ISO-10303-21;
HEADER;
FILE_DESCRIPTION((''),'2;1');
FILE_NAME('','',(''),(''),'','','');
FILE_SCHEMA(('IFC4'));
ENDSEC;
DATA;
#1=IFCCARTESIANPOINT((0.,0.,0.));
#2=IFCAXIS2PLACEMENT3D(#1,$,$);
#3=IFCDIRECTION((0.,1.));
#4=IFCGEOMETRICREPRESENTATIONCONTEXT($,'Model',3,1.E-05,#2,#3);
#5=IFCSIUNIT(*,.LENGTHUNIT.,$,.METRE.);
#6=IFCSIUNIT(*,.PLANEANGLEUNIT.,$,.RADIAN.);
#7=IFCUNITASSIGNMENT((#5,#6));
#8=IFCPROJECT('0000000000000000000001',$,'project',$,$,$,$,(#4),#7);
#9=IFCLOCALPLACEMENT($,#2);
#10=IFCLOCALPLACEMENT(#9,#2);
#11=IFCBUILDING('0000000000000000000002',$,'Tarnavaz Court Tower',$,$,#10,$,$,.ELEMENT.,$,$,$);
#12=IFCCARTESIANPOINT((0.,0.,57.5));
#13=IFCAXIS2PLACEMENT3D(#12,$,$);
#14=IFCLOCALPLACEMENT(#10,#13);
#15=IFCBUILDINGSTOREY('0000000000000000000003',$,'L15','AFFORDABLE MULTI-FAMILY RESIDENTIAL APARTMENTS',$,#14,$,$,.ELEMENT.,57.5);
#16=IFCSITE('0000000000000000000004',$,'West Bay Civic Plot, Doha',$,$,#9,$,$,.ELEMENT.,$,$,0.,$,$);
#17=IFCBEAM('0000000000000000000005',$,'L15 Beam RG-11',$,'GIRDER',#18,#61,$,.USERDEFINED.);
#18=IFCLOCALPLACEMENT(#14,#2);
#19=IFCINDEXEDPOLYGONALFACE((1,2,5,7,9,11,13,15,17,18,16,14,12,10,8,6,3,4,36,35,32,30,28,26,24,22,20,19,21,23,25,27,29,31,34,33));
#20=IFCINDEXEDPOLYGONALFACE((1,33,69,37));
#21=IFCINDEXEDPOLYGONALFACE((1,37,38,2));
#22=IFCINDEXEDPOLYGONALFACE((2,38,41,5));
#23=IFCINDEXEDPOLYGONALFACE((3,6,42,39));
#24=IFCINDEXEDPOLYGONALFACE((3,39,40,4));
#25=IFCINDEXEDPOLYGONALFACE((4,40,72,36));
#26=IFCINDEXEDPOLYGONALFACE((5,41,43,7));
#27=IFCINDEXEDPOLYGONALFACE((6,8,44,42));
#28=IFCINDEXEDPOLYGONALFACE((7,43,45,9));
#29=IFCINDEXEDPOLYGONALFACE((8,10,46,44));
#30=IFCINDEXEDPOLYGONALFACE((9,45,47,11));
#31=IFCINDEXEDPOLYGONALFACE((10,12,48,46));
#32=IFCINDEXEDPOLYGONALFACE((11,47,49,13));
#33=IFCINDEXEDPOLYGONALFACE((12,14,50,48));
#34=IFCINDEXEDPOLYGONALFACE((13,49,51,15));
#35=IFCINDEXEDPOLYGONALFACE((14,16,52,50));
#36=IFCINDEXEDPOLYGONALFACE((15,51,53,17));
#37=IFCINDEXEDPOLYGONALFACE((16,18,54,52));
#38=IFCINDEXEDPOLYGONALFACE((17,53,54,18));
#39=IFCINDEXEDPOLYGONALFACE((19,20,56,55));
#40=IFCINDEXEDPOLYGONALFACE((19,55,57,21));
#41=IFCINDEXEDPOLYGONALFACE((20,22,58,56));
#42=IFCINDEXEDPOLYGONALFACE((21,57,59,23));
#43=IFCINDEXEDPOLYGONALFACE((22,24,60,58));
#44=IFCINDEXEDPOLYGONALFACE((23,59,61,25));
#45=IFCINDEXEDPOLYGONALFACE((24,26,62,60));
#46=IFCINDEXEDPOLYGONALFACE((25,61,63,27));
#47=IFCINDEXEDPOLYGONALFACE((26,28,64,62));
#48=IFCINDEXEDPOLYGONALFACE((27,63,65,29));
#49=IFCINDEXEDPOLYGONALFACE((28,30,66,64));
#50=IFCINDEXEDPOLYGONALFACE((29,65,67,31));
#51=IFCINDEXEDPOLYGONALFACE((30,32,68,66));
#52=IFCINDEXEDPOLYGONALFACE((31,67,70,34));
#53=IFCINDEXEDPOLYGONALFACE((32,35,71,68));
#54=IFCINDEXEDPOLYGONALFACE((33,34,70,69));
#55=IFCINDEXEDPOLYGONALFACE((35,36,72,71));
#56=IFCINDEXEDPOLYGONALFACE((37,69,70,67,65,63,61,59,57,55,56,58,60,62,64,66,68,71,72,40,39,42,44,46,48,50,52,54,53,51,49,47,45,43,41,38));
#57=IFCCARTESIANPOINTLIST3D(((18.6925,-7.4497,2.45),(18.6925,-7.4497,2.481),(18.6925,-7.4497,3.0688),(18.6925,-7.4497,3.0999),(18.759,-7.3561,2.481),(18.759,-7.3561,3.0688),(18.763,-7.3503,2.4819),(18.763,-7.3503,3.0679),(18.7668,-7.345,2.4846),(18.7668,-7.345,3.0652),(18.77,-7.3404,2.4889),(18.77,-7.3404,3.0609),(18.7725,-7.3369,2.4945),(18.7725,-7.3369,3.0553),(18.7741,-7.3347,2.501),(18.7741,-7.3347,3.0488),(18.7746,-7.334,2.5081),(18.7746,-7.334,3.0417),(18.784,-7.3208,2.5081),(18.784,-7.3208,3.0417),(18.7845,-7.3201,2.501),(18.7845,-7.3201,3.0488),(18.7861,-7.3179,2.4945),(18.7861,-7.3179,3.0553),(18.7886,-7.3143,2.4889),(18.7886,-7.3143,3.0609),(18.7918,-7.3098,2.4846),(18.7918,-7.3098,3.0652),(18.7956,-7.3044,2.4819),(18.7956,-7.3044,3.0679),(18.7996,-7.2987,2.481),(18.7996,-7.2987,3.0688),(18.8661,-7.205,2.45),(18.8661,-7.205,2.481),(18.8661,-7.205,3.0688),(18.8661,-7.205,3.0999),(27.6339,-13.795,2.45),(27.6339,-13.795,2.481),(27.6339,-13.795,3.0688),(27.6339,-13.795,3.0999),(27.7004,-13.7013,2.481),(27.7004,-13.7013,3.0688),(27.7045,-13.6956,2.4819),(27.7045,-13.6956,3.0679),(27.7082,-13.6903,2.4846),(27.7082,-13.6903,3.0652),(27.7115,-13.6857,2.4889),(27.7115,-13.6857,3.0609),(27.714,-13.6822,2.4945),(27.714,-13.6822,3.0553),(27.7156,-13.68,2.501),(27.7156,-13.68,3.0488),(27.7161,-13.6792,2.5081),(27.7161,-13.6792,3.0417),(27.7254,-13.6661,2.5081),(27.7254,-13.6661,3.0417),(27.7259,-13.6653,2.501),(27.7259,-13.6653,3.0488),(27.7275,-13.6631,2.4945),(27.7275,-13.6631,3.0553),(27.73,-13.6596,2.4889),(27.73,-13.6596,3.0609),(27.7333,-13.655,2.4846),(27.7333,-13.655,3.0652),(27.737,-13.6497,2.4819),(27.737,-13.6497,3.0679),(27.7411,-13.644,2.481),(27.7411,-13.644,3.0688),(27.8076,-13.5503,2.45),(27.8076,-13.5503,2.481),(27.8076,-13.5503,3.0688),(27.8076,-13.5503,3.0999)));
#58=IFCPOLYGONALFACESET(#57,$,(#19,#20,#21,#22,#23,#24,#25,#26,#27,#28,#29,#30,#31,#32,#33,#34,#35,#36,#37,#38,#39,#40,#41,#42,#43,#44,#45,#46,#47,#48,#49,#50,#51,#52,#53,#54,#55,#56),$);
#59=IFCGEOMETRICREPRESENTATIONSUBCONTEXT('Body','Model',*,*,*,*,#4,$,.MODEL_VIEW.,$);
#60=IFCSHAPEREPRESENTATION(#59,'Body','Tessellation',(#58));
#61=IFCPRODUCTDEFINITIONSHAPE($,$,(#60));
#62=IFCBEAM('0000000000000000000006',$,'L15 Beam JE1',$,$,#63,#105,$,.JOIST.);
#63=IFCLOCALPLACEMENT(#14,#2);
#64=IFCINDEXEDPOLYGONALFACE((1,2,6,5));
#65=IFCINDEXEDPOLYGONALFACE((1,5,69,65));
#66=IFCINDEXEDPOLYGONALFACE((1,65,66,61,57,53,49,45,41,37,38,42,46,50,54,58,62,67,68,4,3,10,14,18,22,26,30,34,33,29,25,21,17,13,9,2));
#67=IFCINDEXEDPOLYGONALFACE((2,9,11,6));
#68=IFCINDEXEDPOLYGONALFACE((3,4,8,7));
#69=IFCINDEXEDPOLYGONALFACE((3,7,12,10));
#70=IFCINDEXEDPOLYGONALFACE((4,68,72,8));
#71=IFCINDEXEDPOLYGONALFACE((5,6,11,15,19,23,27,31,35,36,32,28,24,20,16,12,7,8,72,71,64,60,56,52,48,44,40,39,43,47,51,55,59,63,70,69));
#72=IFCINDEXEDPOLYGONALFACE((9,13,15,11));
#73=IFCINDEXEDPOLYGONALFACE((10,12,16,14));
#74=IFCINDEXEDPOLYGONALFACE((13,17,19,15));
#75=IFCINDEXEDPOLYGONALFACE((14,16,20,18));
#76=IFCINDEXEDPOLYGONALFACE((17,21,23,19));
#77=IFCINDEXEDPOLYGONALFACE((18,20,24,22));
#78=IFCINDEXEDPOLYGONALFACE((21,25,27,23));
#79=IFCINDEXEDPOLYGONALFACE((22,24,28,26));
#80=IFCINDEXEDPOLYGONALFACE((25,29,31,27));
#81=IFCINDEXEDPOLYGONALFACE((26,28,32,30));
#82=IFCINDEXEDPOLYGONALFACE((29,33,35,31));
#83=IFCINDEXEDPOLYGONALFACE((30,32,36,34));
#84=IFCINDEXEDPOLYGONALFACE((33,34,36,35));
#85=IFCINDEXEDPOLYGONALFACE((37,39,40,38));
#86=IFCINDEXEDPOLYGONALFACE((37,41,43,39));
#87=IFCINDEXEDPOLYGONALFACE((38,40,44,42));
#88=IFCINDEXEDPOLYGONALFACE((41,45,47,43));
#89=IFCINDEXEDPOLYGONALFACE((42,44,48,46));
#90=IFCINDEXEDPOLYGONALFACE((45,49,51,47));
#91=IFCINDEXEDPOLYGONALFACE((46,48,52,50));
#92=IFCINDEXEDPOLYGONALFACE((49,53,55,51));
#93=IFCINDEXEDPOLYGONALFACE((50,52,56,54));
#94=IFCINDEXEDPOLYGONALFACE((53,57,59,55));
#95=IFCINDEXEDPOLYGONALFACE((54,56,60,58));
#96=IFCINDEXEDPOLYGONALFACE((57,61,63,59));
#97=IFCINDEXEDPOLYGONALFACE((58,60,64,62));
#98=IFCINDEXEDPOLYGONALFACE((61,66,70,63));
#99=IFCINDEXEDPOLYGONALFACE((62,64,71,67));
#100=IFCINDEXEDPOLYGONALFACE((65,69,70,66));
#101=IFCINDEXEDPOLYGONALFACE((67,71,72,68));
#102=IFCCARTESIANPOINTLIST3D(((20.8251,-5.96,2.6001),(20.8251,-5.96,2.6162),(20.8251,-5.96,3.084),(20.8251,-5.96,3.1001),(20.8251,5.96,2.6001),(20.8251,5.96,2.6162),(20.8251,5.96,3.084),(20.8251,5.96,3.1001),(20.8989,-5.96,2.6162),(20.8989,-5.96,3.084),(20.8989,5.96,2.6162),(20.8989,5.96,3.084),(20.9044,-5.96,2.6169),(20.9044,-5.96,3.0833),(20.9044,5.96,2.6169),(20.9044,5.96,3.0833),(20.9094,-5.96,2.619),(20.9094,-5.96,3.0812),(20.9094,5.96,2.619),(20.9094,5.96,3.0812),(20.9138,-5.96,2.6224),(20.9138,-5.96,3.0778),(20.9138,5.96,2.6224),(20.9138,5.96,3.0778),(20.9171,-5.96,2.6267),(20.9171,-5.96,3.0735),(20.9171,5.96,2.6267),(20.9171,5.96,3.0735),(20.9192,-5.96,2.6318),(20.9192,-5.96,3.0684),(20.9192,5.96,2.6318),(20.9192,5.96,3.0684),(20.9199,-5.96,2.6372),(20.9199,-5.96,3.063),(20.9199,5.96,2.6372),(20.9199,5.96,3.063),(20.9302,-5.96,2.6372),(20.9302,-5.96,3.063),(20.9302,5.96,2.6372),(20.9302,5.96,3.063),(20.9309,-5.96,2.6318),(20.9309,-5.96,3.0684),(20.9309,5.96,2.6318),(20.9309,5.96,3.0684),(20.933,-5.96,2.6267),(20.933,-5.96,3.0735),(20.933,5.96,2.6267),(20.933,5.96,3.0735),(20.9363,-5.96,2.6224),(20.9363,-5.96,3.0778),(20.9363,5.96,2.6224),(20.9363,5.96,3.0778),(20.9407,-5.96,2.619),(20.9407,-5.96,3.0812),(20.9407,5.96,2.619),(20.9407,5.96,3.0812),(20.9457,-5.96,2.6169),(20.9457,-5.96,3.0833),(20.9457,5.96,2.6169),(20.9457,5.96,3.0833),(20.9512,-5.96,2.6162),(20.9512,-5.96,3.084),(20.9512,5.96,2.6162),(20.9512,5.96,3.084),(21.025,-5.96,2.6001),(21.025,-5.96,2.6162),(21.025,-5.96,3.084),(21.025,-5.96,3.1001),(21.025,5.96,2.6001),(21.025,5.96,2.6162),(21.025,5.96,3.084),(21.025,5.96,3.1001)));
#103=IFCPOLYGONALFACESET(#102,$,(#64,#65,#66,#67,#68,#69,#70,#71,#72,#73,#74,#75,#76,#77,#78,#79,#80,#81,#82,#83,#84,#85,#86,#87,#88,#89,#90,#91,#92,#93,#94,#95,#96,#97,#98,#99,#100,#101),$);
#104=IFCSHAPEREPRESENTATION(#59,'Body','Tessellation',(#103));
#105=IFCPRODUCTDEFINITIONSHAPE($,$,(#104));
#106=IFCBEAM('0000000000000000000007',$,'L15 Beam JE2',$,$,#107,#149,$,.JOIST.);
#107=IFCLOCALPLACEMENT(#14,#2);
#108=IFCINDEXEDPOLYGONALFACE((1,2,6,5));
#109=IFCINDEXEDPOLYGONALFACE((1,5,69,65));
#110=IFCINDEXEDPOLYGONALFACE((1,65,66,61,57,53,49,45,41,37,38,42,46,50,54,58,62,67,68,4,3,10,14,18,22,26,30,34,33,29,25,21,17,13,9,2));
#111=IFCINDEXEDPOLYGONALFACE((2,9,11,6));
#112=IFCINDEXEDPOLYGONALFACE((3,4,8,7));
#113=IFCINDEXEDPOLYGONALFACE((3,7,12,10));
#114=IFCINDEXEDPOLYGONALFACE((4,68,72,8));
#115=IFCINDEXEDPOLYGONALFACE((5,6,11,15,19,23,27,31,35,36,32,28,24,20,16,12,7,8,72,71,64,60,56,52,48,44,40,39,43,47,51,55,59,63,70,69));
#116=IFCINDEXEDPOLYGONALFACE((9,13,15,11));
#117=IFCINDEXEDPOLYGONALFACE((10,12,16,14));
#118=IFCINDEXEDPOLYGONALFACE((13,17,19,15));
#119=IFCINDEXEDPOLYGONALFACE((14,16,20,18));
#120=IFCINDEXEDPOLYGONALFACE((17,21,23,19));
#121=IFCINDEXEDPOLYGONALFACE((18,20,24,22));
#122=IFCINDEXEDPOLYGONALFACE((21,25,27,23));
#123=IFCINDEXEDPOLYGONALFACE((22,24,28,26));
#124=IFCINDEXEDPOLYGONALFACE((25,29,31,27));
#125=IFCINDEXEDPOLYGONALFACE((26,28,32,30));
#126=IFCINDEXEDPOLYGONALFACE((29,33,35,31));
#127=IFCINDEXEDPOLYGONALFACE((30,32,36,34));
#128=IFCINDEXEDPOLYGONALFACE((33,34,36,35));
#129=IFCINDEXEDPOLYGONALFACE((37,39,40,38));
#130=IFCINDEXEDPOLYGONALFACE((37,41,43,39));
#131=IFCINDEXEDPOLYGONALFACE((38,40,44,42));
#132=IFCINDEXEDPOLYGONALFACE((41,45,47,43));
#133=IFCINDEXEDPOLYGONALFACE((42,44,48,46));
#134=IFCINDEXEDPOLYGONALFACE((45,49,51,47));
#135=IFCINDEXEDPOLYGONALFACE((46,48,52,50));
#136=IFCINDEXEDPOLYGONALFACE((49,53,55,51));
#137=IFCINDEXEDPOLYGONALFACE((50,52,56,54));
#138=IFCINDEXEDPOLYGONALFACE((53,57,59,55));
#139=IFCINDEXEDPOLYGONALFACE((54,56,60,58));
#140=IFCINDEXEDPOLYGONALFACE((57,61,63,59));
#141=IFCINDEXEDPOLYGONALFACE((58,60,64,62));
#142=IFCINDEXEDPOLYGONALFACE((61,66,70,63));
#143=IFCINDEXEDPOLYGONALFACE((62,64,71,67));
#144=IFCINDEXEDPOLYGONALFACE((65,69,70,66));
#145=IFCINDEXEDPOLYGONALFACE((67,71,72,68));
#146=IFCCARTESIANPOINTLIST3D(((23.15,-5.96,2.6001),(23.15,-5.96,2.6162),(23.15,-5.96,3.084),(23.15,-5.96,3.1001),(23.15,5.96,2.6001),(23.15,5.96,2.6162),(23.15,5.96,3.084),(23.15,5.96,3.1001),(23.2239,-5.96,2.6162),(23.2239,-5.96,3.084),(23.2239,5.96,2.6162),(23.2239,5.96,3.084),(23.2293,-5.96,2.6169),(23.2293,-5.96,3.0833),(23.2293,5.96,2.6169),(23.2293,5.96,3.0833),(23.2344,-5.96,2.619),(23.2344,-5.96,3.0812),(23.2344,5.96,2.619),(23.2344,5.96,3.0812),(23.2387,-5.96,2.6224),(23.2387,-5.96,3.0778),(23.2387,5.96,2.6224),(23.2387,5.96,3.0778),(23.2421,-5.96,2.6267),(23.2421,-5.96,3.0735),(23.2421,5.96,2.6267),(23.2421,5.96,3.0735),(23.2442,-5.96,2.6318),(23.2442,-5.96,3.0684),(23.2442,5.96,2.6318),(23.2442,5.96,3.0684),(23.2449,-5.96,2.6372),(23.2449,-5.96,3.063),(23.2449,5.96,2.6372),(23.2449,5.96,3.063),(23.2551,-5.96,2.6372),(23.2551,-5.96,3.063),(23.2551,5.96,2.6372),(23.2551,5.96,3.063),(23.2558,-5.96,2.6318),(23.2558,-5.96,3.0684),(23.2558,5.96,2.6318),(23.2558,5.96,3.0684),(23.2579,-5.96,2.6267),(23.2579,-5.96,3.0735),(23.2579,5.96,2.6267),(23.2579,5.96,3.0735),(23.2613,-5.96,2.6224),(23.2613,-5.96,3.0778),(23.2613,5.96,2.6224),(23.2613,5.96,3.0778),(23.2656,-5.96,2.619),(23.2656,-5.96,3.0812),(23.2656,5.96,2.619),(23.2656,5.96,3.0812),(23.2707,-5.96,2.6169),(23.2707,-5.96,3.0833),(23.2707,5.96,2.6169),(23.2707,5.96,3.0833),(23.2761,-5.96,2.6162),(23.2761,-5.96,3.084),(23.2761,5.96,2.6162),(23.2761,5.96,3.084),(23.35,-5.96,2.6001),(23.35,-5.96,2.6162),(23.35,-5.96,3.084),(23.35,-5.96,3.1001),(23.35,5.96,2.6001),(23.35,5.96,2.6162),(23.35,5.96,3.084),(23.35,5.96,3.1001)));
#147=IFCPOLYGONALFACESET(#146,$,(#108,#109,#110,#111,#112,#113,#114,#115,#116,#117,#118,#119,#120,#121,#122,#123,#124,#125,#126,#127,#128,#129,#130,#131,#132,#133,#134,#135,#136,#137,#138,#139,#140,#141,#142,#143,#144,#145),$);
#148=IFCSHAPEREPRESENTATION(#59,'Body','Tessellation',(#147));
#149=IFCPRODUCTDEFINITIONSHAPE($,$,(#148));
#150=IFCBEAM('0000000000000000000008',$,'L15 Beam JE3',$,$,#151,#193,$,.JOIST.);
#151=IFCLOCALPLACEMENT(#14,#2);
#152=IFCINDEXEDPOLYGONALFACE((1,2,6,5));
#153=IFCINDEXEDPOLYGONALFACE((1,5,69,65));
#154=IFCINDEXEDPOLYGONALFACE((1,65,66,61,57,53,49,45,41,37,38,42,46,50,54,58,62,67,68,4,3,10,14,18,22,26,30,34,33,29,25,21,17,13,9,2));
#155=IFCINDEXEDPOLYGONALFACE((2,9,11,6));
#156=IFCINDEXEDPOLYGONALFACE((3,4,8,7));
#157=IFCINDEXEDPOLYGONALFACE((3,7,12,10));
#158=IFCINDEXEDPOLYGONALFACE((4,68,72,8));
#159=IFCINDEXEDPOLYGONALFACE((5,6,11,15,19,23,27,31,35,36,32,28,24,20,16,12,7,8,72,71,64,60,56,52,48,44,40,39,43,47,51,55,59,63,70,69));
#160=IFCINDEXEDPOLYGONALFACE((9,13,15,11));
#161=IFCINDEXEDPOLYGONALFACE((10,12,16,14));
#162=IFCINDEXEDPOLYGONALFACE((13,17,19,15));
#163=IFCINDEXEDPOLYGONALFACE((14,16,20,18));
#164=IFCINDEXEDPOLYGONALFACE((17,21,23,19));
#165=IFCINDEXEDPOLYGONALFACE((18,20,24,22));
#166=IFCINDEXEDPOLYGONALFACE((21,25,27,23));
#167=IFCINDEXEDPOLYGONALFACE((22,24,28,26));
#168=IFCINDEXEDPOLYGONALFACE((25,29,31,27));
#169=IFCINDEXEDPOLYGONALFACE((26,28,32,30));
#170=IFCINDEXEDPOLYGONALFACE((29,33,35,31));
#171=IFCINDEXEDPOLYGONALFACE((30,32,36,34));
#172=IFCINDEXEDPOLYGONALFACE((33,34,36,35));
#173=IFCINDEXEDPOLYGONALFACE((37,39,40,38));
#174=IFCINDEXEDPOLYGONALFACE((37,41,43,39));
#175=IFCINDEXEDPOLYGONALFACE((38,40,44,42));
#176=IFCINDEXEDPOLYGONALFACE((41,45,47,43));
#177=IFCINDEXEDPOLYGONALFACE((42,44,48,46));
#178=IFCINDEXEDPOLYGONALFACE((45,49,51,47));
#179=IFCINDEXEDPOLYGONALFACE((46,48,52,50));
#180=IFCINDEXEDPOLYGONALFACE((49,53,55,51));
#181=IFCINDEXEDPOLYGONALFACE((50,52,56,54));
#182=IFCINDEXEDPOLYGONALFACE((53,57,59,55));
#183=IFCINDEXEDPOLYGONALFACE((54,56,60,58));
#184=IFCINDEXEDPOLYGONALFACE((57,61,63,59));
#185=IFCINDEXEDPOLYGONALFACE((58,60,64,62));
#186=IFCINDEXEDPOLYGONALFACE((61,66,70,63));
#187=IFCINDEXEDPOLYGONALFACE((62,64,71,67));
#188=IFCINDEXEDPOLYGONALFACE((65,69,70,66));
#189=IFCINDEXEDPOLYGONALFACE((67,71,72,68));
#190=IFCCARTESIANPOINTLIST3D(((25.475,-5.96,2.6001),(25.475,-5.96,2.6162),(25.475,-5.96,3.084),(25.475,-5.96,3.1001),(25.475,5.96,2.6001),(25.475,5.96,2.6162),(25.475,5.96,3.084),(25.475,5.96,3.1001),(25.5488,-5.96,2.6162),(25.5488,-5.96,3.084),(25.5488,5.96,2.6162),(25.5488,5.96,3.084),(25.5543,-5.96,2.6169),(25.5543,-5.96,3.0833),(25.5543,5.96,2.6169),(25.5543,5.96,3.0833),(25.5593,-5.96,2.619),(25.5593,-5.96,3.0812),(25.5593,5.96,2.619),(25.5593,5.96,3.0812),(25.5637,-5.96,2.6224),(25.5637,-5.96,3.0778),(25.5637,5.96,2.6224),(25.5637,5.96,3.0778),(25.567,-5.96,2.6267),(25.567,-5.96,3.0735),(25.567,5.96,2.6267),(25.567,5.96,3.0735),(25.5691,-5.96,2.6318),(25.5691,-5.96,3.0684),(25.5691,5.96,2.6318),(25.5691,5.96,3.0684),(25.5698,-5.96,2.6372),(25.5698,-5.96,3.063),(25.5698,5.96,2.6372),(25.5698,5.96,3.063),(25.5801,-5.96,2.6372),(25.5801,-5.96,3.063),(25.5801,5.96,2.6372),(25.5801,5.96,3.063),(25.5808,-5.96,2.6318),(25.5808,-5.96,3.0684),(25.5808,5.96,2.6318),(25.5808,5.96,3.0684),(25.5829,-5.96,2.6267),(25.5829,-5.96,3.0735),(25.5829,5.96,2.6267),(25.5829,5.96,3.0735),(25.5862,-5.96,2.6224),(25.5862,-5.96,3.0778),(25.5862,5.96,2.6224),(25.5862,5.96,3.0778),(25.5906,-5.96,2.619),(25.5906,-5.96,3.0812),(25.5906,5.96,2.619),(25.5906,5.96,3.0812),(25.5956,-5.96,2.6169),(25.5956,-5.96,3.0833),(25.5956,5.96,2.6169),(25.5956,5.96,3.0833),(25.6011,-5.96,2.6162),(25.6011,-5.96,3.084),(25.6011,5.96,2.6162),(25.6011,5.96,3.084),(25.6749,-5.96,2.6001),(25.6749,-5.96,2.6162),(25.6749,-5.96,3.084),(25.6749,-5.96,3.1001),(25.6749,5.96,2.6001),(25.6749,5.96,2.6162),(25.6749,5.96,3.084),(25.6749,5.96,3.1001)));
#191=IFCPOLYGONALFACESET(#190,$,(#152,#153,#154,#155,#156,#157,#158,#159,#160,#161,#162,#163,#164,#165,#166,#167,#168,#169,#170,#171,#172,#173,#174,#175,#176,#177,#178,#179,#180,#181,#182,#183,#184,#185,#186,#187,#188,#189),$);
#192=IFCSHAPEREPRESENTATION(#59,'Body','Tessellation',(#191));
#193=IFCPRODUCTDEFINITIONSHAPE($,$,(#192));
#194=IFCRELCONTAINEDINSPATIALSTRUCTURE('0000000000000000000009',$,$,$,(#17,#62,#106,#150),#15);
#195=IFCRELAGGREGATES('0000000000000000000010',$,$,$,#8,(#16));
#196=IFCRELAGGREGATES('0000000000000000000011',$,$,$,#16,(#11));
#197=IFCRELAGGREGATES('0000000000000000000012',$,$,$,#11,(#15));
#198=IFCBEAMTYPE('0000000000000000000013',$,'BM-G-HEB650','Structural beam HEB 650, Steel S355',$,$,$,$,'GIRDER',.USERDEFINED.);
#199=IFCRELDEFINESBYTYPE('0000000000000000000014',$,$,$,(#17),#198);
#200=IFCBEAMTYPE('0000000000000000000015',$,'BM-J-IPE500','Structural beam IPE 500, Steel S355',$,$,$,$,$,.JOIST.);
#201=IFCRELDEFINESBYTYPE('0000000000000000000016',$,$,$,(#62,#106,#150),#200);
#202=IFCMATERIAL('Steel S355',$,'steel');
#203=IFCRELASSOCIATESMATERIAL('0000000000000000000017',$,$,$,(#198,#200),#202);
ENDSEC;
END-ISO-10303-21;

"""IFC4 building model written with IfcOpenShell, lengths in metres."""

from ifc_helpers import new_model, si_unit, direction, frame, origin, origin_2d, place, context, subcontext, project, spatial, i_section, extrude, material, material_profile, profile_set, type_object, element, save


model = new_model("IFC4")

# Units and contexts
model_context = context("Model", 3, precision=1e-05, world=origin(), true_north=direction((0.0, 1.0)))
body_context = subcontext(model_context, "Body", "Model", "MODEL_VIEW")
ifc_project = project(units=[si_unit("LENGTHUNIT", "METRE"), si_unit("PLANEANGLEUNIT", "RADIAN")], contexts=[model_context])

# Site, building, storey
site_placement = place(None, origin())
site = spatial("IfcSite", under=ifc_project, at=site_placement, Name="West Bay Civic Plot, Doha", CompositionType="ELEMENT", RefElevation=0.0)
building_placement = place(site_placement, origin())
building = spatial("IfcBuilding", under=site, at=building_placement, Name="Tarnavaz Court Tower", CompositionType="ELEMENT")
storey_placement = place(building_placement, frame((0.0, 0.0, 57.5)))
storey = spatial("IfcBuildingStorey", under=building, at=storey_placement, Name="L15", Description="AFFORDABLE MULTI-FAMILY RESIDENTIAL APARTMENTS", CompositionType="ELEMENT", Elevation=57.5)

# Beams
ifc_material_1 = material(Name="Steel S355", Category="steel")
ifc_material_profile_1 = material_profile(ifc_material_1, i_section(OverallWidth=0.3, OverallDepth=0.6499, WebThickness=0.0161, FlangeThickness=0.031, FilletRadius=0.0271, at=origin_2d()), Name="HEB 650")
ifc_profile_set_1 = profile_set([ifc_material_profile_1], Name="Steel S355")
beam_type_1 = type_object("IfcBeamType", Name="BM-G-HEB650", Description="Structural beam HEB 650, Steel S355", ElementType="GIRDER", PredefinedType="USERDEFINED", material=ifc_profile_set_1)
beam_1_placement = place(storey_placement, frame((18.7793, -7.3274, 2.7749), z_axis=(0.81552, -0.578729, 0.0), x_axis=(0.578729, 0.81552, 0.0)))
element("IfcBeam", 1, at=beam_1_placement, inside=storey, type_object=beam_type_1, Name="L15 Beam RG-11", ObjectType="GIRDER", PredefinedType="USERDEFINED", context=body_context, shape_type="SweptSolid", body=[
    extrude(i_section(OverallWidth=0.3, OverallDepth=0.6499, WebThickness=0.0161, FlangeThickness=0.031, FilletRadius=0.0271, at=origin_2d()), origin(), (0.0, 0.0, 1.0), 10.9641),
])
ifc_material_profile_2 = material_profile(ifc_material_1, i_section(OverallWidth=0.2, OverallDepth=0.5, WebThickness=0.0103, FlangeThickness=0.0161, FilletRadius=0.021, at=origin_2d()), Name="IPE 500")
ifc_profile_set_2 = profile_set([ifc_material_profile_2], Name="Steel S355")
beam_type_2 = type_object("IfcBeamType", Name="BM-J-IPE500", Description="Structural beam IPE 500, Steel S355", PredefinedType="JOIST", material=ifc_profile_set_2)
for number, where, z_axis, x_axis, name in (
    (2, (20.925, -5.96, 2.8501), (0.0, 1.0, 0.0), (-1.0, 0.0, 0.0), "L15 Beam JE1"),
    (3, (23.25, -5.96, 2.8501), (0.0, 1.0, 0.0), (-1.0, 0.0, 0.0), "L15 Beam JE2"),
    (4, (25.575, -5.96, 2.8501), (0.0, 1.0, 0.0), (-1.0, 0.0, 0.0), "L15 Beam JE3"),
):
    element("IfcBeam", number, at=place(storey_placement, frame(where, z_axis=z_axis, x_axis=x_axis)), inside=storey, type_object=beam_type_2, Name=name, PredefinedType="JOIST", context=body_context, shape_type="SweptSolid", body=[
        extrude(i_section(OverallWidth=0.2, OverallDepth=0.5, WebThickness=0.0103, FlangeThickness=0.0161, FilletRadius=0.021, at=origin_2d()), origin(), (0.0, 0.0, 1.0), 11.9199),
    ])

save(model, "model.ifc")
